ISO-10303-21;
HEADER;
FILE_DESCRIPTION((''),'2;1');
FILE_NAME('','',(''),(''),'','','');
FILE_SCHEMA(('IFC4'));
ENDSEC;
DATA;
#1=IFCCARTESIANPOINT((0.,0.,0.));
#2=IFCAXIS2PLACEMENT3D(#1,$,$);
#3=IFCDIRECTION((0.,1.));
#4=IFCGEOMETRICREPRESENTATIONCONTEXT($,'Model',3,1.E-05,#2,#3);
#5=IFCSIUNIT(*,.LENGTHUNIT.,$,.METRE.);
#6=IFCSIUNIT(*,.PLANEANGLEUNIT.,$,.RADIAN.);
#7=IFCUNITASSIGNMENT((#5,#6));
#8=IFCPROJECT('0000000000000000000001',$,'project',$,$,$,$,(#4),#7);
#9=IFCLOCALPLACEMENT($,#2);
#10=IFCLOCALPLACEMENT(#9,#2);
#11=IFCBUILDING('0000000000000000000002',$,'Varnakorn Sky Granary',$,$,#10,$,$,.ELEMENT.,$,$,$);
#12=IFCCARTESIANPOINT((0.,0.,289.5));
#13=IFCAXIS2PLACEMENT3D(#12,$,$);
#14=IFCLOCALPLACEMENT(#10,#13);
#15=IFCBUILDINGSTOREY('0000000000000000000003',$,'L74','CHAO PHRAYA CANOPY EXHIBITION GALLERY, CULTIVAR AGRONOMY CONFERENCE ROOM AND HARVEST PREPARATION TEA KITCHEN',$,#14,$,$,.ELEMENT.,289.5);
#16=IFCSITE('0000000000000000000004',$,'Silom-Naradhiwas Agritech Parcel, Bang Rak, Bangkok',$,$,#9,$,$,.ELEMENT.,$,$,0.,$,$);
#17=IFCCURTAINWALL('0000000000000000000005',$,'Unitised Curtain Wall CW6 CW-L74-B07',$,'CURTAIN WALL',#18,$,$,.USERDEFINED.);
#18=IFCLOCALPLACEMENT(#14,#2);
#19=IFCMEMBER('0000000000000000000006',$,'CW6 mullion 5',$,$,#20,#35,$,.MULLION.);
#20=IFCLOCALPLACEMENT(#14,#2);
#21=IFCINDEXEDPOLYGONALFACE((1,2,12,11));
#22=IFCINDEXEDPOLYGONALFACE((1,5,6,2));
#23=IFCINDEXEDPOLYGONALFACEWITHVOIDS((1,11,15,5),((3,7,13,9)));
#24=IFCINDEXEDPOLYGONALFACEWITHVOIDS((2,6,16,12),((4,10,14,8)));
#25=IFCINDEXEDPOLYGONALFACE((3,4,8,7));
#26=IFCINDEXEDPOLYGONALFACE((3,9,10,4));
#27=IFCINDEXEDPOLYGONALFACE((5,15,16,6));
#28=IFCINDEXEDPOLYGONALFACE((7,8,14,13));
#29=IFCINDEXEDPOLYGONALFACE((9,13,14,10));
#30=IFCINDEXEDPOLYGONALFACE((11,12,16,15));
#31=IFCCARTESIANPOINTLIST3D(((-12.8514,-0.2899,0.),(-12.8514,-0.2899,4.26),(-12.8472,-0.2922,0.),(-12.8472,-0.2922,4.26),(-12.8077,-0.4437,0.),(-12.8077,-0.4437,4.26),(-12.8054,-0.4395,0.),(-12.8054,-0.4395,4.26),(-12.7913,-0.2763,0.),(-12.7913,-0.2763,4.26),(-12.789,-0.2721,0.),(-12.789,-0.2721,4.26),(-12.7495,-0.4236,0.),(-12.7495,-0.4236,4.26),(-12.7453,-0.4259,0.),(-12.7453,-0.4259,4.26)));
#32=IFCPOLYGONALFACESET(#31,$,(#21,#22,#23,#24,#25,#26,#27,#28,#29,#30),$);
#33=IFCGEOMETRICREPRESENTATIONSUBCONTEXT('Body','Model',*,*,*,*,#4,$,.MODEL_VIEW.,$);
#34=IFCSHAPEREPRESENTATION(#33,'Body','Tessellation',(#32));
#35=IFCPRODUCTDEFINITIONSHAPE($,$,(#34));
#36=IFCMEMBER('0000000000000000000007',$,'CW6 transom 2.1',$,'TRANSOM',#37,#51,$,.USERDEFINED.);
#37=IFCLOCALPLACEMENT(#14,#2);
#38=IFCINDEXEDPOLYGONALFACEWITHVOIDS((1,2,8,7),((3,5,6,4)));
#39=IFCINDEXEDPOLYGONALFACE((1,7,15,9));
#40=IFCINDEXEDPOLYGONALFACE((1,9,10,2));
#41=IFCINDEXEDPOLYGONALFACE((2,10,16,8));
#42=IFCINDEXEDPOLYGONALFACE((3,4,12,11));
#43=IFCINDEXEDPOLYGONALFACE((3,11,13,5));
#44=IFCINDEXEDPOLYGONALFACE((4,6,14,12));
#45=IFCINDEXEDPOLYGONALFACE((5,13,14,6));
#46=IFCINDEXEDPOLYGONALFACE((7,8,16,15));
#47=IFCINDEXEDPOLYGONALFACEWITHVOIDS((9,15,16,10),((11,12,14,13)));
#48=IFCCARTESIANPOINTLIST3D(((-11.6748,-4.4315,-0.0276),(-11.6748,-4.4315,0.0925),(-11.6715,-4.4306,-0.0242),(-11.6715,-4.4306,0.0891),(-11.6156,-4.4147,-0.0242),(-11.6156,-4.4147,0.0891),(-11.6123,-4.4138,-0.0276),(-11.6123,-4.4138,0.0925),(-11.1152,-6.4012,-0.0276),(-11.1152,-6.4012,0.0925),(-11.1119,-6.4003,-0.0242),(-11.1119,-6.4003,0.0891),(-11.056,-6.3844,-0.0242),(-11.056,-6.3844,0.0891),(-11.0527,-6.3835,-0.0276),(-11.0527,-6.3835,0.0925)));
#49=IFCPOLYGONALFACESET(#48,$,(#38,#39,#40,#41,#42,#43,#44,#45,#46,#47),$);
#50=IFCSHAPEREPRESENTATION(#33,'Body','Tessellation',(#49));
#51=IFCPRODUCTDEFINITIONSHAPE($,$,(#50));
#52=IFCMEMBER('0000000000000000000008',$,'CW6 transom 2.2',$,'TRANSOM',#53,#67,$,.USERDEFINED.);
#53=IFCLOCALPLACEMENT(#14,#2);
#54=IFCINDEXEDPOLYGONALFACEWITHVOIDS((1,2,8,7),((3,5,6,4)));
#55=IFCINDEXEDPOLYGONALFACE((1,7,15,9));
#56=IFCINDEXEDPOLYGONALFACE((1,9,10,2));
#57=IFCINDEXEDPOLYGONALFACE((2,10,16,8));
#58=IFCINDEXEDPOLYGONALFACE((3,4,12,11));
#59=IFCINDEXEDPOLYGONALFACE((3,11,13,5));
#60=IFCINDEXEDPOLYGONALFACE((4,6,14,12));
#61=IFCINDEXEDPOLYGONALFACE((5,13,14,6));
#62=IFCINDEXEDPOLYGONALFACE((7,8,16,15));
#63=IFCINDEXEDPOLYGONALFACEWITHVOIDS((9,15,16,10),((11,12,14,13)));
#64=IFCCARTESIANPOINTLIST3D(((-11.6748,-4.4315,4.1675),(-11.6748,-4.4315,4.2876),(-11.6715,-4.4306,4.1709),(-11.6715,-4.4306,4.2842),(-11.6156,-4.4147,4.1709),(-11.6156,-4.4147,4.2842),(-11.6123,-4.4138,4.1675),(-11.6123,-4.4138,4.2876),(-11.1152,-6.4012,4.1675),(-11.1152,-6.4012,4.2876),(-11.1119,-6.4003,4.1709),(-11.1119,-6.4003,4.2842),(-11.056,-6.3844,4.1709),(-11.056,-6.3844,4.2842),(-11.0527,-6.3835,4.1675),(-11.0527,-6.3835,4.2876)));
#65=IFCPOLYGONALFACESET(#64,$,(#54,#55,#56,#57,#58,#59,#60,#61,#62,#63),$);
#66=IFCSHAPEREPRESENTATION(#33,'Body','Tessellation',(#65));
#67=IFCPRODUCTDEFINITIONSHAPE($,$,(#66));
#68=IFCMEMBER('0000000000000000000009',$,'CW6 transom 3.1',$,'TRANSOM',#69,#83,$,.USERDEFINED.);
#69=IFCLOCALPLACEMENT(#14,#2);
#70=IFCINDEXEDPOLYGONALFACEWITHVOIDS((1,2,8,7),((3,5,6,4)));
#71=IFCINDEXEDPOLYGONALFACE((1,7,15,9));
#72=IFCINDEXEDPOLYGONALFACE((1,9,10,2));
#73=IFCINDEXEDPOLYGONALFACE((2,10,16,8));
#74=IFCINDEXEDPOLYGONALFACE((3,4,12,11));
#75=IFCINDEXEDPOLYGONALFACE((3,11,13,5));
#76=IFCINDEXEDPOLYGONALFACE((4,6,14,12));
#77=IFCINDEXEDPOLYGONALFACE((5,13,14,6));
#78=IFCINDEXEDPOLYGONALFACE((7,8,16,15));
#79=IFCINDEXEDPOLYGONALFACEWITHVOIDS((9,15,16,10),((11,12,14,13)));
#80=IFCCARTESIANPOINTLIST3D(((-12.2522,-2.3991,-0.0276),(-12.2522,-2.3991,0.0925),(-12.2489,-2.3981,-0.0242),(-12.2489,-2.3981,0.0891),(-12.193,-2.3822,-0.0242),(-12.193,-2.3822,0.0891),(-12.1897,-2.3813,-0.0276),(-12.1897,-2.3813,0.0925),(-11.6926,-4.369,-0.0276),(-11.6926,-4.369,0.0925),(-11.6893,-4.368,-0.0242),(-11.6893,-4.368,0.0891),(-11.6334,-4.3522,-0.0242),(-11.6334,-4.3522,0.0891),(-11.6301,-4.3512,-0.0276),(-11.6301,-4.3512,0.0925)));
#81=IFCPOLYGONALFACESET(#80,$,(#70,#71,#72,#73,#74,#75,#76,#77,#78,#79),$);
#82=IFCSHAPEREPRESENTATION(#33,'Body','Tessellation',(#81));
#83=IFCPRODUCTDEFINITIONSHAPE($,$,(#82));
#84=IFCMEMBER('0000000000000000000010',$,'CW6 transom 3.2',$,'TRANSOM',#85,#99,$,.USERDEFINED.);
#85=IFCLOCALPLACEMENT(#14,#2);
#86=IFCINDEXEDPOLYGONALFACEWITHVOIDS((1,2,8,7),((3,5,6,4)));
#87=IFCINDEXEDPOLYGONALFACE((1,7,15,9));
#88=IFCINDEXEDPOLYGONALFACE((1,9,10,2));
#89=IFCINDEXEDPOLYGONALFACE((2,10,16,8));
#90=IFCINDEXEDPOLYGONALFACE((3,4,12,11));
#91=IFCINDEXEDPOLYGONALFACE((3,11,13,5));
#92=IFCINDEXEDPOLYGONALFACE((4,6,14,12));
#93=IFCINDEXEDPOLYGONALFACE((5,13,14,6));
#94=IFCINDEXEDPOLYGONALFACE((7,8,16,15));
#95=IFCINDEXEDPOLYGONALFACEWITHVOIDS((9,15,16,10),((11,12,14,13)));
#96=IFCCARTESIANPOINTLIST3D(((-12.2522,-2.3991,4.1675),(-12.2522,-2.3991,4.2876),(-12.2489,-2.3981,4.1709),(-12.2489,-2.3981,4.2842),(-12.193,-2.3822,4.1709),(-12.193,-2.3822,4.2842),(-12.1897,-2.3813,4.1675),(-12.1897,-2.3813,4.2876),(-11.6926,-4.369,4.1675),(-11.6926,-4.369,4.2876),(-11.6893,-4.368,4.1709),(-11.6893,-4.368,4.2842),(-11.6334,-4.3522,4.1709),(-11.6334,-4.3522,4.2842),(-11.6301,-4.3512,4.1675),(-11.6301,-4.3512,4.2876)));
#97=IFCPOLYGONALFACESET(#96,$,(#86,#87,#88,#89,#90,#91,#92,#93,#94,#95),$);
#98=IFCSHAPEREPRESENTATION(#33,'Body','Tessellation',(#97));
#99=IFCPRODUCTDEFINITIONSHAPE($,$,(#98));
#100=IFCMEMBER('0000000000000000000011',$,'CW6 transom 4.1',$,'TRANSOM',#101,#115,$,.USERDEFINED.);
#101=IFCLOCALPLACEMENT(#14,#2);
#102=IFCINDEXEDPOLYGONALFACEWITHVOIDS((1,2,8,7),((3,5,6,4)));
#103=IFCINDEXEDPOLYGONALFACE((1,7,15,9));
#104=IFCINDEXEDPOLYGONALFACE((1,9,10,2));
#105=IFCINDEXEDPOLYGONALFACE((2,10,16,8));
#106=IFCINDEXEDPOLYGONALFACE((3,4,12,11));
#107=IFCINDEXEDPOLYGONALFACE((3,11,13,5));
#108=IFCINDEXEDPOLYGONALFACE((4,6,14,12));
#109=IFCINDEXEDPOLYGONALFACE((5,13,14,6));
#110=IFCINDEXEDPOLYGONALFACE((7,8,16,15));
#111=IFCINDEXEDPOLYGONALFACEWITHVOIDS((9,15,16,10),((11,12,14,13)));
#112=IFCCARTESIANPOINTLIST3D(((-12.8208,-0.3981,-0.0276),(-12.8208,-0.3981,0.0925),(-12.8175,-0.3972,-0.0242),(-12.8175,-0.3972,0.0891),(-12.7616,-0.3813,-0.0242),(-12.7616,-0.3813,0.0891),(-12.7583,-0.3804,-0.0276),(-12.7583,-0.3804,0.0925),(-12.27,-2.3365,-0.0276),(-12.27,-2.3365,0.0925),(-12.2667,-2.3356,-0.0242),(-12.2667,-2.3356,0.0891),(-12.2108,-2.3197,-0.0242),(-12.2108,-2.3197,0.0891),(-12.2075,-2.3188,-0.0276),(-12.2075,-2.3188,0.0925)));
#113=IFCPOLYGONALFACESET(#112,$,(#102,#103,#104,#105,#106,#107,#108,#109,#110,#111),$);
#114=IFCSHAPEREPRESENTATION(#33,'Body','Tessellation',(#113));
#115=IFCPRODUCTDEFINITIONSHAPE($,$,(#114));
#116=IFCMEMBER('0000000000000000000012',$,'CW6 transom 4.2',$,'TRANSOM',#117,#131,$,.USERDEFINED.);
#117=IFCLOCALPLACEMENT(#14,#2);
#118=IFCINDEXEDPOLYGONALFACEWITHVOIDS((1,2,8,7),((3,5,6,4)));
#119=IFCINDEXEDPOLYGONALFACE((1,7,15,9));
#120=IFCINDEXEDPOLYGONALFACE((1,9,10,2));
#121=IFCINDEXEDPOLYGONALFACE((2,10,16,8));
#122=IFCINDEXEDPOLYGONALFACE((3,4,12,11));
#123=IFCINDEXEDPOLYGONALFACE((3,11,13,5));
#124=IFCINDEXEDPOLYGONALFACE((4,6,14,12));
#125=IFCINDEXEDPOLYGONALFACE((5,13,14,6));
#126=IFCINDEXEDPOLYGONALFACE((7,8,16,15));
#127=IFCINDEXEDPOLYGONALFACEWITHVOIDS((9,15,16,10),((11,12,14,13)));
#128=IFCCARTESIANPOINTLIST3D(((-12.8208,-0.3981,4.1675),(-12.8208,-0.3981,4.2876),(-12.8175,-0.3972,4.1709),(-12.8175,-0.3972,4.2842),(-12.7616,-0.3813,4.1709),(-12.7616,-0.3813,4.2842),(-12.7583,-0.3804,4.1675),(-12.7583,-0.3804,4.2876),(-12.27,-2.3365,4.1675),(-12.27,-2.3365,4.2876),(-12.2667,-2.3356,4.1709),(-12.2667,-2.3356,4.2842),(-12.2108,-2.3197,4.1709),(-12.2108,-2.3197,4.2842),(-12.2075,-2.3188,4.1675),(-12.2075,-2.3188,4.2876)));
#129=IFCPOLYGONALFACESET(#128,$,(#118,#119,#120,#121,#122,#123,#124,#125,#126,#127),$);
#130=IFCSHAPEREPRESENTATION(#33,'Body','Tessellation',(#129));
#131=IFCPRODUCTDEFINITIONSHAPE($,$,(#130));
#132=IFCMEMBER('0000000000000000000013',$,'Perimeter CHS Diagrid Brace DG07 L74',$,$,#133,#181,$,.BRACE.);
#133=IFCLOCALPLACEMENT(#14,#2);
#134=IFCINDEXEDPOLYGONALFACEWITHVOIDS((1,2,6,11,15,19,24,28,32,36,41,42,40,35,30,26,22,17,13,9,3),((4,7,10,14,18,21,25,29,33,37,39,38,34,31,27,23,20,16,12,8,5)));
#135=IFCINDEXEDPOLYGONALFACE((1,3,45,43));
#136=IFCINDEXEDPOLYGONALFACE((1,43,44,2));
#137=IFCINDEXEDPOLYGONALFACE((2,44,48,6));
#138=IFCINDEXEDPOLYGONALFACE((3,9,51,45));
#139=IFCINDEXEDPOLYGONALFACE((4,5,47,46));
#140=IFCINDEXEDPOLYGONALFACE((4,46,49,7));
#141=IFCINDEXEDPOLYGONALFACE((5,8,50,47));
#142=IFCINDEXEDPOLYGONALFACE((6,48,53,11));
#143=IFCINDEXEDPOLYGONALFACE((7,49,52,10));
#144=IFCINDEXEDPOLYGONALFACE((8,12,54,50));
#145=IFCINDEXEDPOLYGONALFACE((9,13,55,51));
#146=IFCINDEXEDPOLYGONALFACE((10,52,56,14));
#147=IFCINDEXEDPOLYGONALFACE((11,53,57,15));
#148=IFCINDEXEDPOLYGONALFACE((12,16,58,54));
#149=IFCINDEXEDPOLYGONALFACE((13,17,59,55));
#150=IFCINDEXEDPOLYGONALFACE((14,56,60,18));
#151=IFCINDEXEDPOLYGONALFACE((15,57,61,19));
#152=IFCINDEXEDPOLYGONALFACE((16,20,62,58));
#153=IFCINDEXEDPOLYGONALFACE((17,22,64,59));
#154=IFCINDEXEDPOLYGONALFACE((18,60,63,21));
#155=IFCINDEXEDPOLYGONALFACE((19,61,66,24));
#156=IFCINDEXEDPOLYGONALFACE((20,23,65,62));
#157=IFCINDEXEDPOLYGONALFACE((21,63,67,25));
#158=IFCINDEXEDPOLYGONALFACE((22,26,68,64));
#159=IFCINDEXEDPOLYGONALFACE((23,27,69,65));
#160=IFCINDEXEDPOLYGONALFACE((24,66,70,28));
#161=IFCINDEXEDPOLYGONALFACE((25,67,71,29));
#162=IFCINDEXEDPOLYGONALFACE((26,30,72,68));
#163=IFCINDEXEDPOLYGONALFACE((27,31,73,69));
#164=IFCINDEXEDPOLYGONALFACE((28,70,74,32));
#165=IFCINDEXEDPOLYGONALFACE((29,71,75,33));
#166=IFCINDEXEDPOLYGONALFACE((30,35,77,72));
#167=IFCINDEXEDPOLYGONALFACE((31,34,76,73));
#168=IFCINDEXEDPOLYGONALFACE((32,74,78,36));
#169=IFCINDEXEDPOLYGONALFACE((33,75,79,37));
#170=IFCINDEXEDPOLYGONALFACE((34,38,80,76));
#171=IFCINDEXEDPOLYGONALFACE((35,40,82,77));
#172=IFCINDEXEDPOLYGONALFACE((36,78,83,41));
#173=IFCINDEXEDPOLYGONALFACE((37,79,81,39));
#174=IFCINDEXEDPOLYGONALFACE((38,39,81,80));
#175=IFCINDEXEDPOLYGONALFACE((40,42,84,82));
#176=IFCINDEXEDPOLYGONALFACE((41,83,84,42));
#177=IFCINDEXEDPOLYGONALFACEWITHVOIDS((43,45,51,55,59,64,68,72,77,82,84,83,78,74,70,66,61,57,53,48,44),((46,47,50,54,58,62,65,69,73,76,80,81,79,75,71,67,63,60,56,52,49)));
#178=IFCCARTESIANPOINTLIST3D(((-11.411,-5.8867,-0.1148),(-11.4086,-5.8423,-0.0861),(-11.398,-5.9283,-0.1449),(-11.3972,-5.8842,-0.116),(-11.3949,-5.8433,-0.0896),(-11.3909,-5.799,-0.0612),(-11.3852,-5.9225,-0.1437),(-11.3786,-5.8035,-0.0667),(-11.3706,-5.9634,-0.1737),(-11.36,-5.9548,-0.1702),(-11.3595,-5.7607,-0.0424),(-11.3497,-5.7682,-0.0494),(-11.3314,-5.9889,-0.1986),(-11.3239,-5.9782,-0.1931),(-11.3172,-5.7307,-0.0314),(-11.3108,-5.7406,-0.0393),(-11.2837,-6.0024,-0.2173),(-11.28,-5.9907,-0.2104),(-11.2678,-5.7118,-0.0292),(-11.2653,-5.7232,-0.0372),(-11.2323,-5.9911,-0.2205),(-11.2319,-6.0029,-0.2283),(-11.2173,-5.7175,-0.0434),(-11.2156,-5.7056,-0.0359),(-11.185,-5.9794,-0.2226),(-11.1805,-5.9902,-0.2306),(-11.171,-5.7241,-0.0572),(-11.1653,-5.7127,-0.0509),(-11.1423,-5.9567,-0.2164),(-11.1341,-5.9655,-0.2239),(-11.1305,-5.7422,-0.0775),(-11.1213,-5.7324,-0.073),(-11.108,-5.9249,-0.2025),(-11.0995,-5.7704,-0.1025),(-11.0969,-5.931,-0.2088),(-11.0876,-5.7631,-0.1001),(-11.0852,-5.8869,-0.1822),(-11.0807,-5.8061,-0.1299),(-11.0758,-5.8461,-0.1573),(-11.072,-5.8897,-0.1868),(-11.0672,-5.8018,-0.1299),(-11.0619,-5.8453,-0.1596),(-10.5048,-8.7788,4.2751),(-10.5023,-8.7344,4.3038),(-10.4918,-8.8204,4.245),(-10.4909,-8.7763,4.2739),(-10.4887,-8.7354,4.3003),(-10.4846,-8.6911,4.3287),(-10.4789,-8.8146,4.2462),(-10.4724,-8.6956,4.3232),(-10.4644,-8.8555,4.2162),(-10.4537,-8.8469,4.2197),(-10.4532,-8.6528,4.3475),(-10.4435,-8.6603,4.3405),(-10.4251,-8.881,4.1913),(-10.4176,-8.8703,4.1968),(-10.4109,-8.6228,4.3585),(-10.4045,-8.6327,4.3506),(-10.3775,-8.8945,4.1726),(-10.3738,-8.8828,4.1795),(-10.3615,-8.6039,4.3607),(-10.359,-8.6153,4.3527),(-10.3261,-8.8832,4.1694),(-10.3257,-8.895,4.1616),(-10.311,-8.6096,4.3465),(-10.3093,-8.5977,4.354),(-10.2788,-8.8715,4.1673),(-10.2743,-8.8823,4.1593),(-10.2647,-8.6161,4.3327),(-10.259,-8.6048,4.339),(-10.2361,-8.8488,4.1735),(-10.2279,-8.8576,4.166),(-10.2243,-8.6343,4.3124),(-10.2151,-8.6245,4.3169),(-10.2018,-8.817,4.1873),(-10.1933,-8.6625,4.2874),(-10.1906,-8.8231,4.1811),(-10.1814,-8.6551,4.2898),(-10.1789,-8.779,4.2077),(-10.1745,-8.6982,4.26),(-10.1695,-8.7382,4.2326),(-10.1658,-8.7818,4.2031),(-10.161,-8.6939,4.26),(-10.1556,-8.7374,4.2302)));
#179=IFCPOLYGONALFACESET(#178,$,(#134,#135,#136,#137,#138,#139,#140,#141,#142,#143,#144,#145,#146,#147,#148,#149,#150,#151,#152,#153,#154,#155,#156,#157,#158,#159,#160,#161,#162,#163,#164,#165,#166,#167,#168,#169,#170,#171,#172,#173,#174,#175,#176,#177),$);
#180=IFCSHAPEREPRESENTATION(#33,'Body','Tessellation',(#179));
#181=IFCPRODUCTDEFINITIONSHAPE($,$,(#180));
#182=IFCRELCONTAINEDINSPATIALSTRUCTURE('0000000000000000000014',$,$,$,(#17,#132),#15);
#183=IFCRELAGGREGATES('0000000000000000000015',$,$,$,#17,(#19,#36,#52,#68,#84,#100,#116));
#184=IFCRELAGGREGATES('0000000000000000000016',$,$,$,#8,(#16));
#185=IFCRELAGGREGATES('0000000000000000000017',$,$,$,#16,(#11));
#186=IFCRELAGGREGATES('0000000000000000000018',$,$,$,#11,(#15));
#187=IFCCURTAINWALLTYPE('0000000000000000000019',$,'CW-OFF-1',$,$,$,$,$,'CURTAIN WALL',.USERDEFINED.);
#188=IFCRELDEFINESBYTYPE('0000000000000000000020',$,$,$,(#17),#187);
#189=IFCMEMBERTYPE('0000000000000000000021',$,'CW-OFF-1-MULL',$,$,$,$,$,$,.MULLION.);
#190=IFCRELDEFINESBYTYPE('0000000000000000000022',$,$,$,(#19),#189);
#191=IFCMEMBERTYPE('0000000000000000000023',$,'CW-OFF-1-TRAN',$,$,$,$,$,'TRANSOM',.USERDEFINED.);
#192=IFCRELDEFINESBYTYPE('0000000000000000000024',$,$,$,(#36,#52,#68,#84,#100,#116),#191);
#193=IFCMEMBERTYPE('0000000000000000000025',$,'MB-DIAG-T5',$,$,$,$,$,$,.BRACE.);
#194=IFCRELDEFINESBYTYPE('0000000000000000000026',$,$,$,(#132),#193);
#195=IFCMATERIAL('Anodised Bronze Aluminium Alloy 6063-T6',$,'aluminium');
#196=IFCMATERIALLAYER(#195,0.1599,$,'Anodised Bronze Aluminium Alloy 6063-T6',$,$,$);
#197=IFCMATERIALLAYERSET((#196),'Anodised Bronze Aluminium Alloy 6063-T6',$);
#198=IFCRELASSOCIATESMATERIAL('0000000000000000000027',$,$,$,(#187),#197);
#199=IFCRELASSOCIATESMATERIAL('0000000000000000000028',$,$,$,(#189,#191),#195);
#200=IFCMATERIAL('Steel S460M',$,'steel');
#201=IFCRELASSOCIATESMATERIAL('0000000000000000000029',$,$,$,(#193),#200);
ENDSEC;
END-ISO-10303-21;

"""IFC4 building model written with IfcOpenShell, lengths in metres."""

from ifc_helpers import new_model, si_unit, direction, frame, origin, origin_2d, place, context, subcontext, project, spatial, hollow_rectangle, hollow_circle, extrude, material, layer, layer_set, material_profile, profile_set, type_object, element, aggregate, save


model = new_model("IFC4")

# Units and contexts
model_context = context("Model", 3, precision=1e-05, world=origin(), true_north=direction((0.0, 1.0)))
body_context = subcontext(model_context, "Body", "Model", "MODEL_VIEW")
ifc_project = project(units=[si_unit("LENGTHUNIT", "METRE"), si_unit("PLANEANGLEUNIT", "RADIAN")], contexts=[model_context])

# Site, building, storey
site_placement = place(None, origin())
site = spatial("IfcSite", under=ifc_project, at=site_placement, Name="Silom-Naradhiwas Agritech Parcel, Bang Rak, Bangkok", CompositionType="ELEMENT", RefElevation=0.0)
building_placement = place(site_placement, origin())
building = spatial("IfcBuilding", under=site, at=building_placement, Name="Varnakorn Sky Granary", CompositionType="ELEMENT")
storey_placement = place(building_placement, frame((0.0, 0.0, 289.5)))
storey = spatial("IfcBuildingStorey", under=building, at=storey_placement, Name="L74", Description="CHAO PHRAYA CANOPY EXHIBITION GALLERY, CULTIVAR AGRONOMY CONFERENCE ROOM AND HARVEST PREPARATION TEA KITCHEN", CompositionType="ELEMENT", Elevation=289.5)

# Shared definitions
ifc_material_1 = material(Name="Steel S460M", Category="steel")

# Curtain wall, members
ifc_material_2 = material(Name="Anodised Bronze Aluminium Alloy 6063-T6", Category="aluminium")
ifc_layer_1 = layer(ifc_material_2, 0.1599, Name="Anodised Bronze Aluminium Alloy 6063-T6")
ifc_layer_set_1 = layer_set([ifc_layer_1], Name="Anodised Bronze Aluminium Alloy 6063-T6")
curtain_wall_type = type_object("IfcCurtainWallType", Name="CW-OFF-1", ElementType="CURTAIN WALL", PredefinedType="USERDEFINED", material=ifc_layer_set_1)
curtain_wall_placement = place(storey_placement, origin())
curtain_wall = element("IfcCurtainWall", 1, at=curtain_wall_placement, inside=storey, type_object=curtain_wall_type, Name="Unitised Curtain Wall CW6 CW-L74-B07", ObjectType="CURTAIN WALL", PredefinedType="USERDEFINED")
ifc_material_profile_1 = material_profile(ifc_material_2, hollow_rectangle(XDim=0.0649, YDim=0.1599, WallThickness=0.0034, at=origin_2d()), Name="ALU MULL 65x160")
ifc_profile_set_1 = profile_set([ifc_material_profile_1], Name="Anodised Bronze Aluminium Alloy 6063-T6")
member_type_1 = type_object("IfcMemberType", Name="CW-OFF-1-MULL", PredefinedType="MULLION", material=ifc_profile_set_1)
member_1_placement = place(storey_placement, frame((-12.7983, -0.3579, 0.0), z_axis=(0.0, 0.0, 1.0), x_axis=(-0.961937, -0.27327, 0.0)))
member_1 = element("IfcMember", 2, at=member_1_placement, type_object=member_type_1, Name="CW6 mullion 5", PredefinedType="MULLION", context=body_context, shape_type="SweptSolid", body=[
    extrude(hollow_rectangle(XDim=0.0649, YDim=0.1599, WallThickness=0.0034, at=origin_2d()), origin(), (0.0, 0.0, 1.0), 4.26),
])
ifc_material_profile_2 = material_profile(ifc_material_2, hollow_rectangle(XDim=0.0649, YDim=0.1201, WallThickness=0.0034, at=origin_2d()), Name="ALU TRAN 65x120")
ifc_profile_set_2 = profile_set([ifc_material_profile_2], Name="Anodised Bronze Aluminium Alloy 6063-T6")
member_type_2 = type_object("IfcMemberType", Name="CW-OFF-1-TRAN", ElementType="TRANSOM", PredefinedType="USERDEFINED", material=ifc_profile_set_2)
member_2_placement = place(storey_placement, frame((-11.084, -6.3923, 0.0325), z_axis=(-0.273272, 0.961937, 0.0), x_axis=(-0.961937, -0.273272, 0.0)))
member_2 = element("IfcMember", 3, at=member_2_placement, type_object=member_type_2, Name="CW6 transom 2.1", ObjectType="TRANSOM", PredefinedType="USERDEFINED", context=body_context, shape_type="SweptSolid", body=[
    extrude(hollow_rectangle(XDim=0.0649, YDim=0.1201, WallThickness=0.0034, at=origin_2d()), origin(), (0.0, 0.0, 1.0), 2.0476),
])
member_3_placement = place(storey_placement, frame((-11.084, -6.3923, 4.2275), z_axis=(-0.273272, 0.961937, 0.0), x_axis=(-0.961937, -0.273272, 0.0)))
member_3 = element("IfcMember", 4, at=member_3_placement, type_object=member_type_2, Name="CW6 transom 2.2", ObjectType="TRANSOM", PredefinedType="USERDEFINED", context=body_context, shape_type="SweptSolid", body=[
    extrude(hollow_rectangle(XDim=0.0649, YDim=0.1201, WallThickness=0.0034, at=origin_2d()), origin(), (0.0, 0.0, 1.0), 2.0476),
])
member_4_placement = place(storey_placement, frame((-11.6614, -4.3601, 0.0325), z_axis=(-0.273241, 0.961946, 0.0), x_axis=(-0.961946, -0.273241, 0.0)))
member_4 = element("IfcMember", 5, at=member_4_placement, type_object=member_type_2, Name="CW6 transom 3.1", ObjectType="TRANSOM", PredefinedType="USERDEFINED", context=body_context, shape_type="SweptSolid", body=[
    extrude(hollow_rectangle(XDim=0.0649, YDim=0.1201, WallThickness=0.0034, at=origin_2d()), origin(), (0.0, 0.0, 1.0), 2.0479),
])
member_5_placement = place(storey_placement, frame((-11.6614, -4.3601, 4.2275), z_axis=(-0.273241, 0.961946, 0.0), x_axis=(-0.961946, -0.273241, 0.0)))
member_5 = element("IfcMember", 6, at=member_5_placement, type_object=member_type_2, Name="CW6 transom 3.2", ObjectType="TRANSOM", PredefinedType="USERDEFINED", context=body_context, shape_type="SweptSolid", body=[
    extrude(hollow_rectangle(XDim=0.0649, YDim=0.1201, WallThickness=0.0034, at=origin_2d()), origin(), (0.0, 0.0, 1.0), 2.0479),
])
member_6_placement = place(storey_placement, frame((-12.2388, -2.3276, 0.0325), z_axis=(-0.273313, 0.961925, 0.0), x_axis=(-0.961925, -0.273313, 0.0)))
member_6 = element("IfcMember", 7, at=member_6_placement, type_object=member_type_2, Name="CW6 transom 4.1", ObjectType="TRANSOM", PredefinedType="USERDEFINED", context=body_context, shape_type="SweptSolid", body=[
    extrude(hollow_rectangle(XDim=0.0649, YDim=0.1201, WallThickness=0.0034, at=origin_2d()), origin(), (0.0, 0.0, 1.0), 2.0151),
])
member_7_placement = place(storey_placement, frame((-12.2388, -2.3276, 4.2275), z_axis=(-0.273313, 0.961925, 0.0), x_axis=(-0.961925, -0.273313, 0.0)))
member_7 = element("IfcMember", 8, at=member_7_placement, type_object=member_type_2, Name="CW6 transom 4.2", ObjectType="TRANSOM", PredefinedType="USERDEFINED", context=body_context, shape_type="SweptSolid", body=[
    extrude(hollow_rectangle(XDim=0.0649, YDim=0.1201, WallThickness=0.0034, at=origin_2d()), origin(), (0.0, 0.0, 1.0), 2.0151),
])

# Member
ifc_material_profile_3 = material_profile(ifc_material_1, hollow_circle(Radius=0.1777, WallThickness=0.0142, at=origin_2d()), Name="CHS 355.6x14")
ifc_profile_set_3 = profile_set([ifc_material_profile_3], Name="Steel S460M")
member_type_3 = type_object("IfcMemberType", Name="MB-DIAG-T5", PredefinedType="BRACE", material=ifc_profile_set_3)
member_8_placement = place(storey_placement, frame((-11.2368, -5.855, -0.1299), z_axis=(0.169885, -0.542151, 0.822929), x_axis=(0.954247, 0.299018, 0.0)))
element("IfcMember", 9, at=member_8_placement, inside=storey, type_object=member_type_3, Name="Perimeter CHS Diagrid Brace DG07 L74", PredefinedType="BRACE", context=body_context, shape_type="SweptSolid", body=[
    extrude(hollow_circle(Radius=0.1777, WallThickness=0.0142, at=origin_2d()), origin(), (0.0, 0.0, 1.0), 5.3345),
])

aggregate(curtain_wall, [member_1, member_2, member_3, member_4, member_5, member_6, member_7])

save(model, "model.ifc")
